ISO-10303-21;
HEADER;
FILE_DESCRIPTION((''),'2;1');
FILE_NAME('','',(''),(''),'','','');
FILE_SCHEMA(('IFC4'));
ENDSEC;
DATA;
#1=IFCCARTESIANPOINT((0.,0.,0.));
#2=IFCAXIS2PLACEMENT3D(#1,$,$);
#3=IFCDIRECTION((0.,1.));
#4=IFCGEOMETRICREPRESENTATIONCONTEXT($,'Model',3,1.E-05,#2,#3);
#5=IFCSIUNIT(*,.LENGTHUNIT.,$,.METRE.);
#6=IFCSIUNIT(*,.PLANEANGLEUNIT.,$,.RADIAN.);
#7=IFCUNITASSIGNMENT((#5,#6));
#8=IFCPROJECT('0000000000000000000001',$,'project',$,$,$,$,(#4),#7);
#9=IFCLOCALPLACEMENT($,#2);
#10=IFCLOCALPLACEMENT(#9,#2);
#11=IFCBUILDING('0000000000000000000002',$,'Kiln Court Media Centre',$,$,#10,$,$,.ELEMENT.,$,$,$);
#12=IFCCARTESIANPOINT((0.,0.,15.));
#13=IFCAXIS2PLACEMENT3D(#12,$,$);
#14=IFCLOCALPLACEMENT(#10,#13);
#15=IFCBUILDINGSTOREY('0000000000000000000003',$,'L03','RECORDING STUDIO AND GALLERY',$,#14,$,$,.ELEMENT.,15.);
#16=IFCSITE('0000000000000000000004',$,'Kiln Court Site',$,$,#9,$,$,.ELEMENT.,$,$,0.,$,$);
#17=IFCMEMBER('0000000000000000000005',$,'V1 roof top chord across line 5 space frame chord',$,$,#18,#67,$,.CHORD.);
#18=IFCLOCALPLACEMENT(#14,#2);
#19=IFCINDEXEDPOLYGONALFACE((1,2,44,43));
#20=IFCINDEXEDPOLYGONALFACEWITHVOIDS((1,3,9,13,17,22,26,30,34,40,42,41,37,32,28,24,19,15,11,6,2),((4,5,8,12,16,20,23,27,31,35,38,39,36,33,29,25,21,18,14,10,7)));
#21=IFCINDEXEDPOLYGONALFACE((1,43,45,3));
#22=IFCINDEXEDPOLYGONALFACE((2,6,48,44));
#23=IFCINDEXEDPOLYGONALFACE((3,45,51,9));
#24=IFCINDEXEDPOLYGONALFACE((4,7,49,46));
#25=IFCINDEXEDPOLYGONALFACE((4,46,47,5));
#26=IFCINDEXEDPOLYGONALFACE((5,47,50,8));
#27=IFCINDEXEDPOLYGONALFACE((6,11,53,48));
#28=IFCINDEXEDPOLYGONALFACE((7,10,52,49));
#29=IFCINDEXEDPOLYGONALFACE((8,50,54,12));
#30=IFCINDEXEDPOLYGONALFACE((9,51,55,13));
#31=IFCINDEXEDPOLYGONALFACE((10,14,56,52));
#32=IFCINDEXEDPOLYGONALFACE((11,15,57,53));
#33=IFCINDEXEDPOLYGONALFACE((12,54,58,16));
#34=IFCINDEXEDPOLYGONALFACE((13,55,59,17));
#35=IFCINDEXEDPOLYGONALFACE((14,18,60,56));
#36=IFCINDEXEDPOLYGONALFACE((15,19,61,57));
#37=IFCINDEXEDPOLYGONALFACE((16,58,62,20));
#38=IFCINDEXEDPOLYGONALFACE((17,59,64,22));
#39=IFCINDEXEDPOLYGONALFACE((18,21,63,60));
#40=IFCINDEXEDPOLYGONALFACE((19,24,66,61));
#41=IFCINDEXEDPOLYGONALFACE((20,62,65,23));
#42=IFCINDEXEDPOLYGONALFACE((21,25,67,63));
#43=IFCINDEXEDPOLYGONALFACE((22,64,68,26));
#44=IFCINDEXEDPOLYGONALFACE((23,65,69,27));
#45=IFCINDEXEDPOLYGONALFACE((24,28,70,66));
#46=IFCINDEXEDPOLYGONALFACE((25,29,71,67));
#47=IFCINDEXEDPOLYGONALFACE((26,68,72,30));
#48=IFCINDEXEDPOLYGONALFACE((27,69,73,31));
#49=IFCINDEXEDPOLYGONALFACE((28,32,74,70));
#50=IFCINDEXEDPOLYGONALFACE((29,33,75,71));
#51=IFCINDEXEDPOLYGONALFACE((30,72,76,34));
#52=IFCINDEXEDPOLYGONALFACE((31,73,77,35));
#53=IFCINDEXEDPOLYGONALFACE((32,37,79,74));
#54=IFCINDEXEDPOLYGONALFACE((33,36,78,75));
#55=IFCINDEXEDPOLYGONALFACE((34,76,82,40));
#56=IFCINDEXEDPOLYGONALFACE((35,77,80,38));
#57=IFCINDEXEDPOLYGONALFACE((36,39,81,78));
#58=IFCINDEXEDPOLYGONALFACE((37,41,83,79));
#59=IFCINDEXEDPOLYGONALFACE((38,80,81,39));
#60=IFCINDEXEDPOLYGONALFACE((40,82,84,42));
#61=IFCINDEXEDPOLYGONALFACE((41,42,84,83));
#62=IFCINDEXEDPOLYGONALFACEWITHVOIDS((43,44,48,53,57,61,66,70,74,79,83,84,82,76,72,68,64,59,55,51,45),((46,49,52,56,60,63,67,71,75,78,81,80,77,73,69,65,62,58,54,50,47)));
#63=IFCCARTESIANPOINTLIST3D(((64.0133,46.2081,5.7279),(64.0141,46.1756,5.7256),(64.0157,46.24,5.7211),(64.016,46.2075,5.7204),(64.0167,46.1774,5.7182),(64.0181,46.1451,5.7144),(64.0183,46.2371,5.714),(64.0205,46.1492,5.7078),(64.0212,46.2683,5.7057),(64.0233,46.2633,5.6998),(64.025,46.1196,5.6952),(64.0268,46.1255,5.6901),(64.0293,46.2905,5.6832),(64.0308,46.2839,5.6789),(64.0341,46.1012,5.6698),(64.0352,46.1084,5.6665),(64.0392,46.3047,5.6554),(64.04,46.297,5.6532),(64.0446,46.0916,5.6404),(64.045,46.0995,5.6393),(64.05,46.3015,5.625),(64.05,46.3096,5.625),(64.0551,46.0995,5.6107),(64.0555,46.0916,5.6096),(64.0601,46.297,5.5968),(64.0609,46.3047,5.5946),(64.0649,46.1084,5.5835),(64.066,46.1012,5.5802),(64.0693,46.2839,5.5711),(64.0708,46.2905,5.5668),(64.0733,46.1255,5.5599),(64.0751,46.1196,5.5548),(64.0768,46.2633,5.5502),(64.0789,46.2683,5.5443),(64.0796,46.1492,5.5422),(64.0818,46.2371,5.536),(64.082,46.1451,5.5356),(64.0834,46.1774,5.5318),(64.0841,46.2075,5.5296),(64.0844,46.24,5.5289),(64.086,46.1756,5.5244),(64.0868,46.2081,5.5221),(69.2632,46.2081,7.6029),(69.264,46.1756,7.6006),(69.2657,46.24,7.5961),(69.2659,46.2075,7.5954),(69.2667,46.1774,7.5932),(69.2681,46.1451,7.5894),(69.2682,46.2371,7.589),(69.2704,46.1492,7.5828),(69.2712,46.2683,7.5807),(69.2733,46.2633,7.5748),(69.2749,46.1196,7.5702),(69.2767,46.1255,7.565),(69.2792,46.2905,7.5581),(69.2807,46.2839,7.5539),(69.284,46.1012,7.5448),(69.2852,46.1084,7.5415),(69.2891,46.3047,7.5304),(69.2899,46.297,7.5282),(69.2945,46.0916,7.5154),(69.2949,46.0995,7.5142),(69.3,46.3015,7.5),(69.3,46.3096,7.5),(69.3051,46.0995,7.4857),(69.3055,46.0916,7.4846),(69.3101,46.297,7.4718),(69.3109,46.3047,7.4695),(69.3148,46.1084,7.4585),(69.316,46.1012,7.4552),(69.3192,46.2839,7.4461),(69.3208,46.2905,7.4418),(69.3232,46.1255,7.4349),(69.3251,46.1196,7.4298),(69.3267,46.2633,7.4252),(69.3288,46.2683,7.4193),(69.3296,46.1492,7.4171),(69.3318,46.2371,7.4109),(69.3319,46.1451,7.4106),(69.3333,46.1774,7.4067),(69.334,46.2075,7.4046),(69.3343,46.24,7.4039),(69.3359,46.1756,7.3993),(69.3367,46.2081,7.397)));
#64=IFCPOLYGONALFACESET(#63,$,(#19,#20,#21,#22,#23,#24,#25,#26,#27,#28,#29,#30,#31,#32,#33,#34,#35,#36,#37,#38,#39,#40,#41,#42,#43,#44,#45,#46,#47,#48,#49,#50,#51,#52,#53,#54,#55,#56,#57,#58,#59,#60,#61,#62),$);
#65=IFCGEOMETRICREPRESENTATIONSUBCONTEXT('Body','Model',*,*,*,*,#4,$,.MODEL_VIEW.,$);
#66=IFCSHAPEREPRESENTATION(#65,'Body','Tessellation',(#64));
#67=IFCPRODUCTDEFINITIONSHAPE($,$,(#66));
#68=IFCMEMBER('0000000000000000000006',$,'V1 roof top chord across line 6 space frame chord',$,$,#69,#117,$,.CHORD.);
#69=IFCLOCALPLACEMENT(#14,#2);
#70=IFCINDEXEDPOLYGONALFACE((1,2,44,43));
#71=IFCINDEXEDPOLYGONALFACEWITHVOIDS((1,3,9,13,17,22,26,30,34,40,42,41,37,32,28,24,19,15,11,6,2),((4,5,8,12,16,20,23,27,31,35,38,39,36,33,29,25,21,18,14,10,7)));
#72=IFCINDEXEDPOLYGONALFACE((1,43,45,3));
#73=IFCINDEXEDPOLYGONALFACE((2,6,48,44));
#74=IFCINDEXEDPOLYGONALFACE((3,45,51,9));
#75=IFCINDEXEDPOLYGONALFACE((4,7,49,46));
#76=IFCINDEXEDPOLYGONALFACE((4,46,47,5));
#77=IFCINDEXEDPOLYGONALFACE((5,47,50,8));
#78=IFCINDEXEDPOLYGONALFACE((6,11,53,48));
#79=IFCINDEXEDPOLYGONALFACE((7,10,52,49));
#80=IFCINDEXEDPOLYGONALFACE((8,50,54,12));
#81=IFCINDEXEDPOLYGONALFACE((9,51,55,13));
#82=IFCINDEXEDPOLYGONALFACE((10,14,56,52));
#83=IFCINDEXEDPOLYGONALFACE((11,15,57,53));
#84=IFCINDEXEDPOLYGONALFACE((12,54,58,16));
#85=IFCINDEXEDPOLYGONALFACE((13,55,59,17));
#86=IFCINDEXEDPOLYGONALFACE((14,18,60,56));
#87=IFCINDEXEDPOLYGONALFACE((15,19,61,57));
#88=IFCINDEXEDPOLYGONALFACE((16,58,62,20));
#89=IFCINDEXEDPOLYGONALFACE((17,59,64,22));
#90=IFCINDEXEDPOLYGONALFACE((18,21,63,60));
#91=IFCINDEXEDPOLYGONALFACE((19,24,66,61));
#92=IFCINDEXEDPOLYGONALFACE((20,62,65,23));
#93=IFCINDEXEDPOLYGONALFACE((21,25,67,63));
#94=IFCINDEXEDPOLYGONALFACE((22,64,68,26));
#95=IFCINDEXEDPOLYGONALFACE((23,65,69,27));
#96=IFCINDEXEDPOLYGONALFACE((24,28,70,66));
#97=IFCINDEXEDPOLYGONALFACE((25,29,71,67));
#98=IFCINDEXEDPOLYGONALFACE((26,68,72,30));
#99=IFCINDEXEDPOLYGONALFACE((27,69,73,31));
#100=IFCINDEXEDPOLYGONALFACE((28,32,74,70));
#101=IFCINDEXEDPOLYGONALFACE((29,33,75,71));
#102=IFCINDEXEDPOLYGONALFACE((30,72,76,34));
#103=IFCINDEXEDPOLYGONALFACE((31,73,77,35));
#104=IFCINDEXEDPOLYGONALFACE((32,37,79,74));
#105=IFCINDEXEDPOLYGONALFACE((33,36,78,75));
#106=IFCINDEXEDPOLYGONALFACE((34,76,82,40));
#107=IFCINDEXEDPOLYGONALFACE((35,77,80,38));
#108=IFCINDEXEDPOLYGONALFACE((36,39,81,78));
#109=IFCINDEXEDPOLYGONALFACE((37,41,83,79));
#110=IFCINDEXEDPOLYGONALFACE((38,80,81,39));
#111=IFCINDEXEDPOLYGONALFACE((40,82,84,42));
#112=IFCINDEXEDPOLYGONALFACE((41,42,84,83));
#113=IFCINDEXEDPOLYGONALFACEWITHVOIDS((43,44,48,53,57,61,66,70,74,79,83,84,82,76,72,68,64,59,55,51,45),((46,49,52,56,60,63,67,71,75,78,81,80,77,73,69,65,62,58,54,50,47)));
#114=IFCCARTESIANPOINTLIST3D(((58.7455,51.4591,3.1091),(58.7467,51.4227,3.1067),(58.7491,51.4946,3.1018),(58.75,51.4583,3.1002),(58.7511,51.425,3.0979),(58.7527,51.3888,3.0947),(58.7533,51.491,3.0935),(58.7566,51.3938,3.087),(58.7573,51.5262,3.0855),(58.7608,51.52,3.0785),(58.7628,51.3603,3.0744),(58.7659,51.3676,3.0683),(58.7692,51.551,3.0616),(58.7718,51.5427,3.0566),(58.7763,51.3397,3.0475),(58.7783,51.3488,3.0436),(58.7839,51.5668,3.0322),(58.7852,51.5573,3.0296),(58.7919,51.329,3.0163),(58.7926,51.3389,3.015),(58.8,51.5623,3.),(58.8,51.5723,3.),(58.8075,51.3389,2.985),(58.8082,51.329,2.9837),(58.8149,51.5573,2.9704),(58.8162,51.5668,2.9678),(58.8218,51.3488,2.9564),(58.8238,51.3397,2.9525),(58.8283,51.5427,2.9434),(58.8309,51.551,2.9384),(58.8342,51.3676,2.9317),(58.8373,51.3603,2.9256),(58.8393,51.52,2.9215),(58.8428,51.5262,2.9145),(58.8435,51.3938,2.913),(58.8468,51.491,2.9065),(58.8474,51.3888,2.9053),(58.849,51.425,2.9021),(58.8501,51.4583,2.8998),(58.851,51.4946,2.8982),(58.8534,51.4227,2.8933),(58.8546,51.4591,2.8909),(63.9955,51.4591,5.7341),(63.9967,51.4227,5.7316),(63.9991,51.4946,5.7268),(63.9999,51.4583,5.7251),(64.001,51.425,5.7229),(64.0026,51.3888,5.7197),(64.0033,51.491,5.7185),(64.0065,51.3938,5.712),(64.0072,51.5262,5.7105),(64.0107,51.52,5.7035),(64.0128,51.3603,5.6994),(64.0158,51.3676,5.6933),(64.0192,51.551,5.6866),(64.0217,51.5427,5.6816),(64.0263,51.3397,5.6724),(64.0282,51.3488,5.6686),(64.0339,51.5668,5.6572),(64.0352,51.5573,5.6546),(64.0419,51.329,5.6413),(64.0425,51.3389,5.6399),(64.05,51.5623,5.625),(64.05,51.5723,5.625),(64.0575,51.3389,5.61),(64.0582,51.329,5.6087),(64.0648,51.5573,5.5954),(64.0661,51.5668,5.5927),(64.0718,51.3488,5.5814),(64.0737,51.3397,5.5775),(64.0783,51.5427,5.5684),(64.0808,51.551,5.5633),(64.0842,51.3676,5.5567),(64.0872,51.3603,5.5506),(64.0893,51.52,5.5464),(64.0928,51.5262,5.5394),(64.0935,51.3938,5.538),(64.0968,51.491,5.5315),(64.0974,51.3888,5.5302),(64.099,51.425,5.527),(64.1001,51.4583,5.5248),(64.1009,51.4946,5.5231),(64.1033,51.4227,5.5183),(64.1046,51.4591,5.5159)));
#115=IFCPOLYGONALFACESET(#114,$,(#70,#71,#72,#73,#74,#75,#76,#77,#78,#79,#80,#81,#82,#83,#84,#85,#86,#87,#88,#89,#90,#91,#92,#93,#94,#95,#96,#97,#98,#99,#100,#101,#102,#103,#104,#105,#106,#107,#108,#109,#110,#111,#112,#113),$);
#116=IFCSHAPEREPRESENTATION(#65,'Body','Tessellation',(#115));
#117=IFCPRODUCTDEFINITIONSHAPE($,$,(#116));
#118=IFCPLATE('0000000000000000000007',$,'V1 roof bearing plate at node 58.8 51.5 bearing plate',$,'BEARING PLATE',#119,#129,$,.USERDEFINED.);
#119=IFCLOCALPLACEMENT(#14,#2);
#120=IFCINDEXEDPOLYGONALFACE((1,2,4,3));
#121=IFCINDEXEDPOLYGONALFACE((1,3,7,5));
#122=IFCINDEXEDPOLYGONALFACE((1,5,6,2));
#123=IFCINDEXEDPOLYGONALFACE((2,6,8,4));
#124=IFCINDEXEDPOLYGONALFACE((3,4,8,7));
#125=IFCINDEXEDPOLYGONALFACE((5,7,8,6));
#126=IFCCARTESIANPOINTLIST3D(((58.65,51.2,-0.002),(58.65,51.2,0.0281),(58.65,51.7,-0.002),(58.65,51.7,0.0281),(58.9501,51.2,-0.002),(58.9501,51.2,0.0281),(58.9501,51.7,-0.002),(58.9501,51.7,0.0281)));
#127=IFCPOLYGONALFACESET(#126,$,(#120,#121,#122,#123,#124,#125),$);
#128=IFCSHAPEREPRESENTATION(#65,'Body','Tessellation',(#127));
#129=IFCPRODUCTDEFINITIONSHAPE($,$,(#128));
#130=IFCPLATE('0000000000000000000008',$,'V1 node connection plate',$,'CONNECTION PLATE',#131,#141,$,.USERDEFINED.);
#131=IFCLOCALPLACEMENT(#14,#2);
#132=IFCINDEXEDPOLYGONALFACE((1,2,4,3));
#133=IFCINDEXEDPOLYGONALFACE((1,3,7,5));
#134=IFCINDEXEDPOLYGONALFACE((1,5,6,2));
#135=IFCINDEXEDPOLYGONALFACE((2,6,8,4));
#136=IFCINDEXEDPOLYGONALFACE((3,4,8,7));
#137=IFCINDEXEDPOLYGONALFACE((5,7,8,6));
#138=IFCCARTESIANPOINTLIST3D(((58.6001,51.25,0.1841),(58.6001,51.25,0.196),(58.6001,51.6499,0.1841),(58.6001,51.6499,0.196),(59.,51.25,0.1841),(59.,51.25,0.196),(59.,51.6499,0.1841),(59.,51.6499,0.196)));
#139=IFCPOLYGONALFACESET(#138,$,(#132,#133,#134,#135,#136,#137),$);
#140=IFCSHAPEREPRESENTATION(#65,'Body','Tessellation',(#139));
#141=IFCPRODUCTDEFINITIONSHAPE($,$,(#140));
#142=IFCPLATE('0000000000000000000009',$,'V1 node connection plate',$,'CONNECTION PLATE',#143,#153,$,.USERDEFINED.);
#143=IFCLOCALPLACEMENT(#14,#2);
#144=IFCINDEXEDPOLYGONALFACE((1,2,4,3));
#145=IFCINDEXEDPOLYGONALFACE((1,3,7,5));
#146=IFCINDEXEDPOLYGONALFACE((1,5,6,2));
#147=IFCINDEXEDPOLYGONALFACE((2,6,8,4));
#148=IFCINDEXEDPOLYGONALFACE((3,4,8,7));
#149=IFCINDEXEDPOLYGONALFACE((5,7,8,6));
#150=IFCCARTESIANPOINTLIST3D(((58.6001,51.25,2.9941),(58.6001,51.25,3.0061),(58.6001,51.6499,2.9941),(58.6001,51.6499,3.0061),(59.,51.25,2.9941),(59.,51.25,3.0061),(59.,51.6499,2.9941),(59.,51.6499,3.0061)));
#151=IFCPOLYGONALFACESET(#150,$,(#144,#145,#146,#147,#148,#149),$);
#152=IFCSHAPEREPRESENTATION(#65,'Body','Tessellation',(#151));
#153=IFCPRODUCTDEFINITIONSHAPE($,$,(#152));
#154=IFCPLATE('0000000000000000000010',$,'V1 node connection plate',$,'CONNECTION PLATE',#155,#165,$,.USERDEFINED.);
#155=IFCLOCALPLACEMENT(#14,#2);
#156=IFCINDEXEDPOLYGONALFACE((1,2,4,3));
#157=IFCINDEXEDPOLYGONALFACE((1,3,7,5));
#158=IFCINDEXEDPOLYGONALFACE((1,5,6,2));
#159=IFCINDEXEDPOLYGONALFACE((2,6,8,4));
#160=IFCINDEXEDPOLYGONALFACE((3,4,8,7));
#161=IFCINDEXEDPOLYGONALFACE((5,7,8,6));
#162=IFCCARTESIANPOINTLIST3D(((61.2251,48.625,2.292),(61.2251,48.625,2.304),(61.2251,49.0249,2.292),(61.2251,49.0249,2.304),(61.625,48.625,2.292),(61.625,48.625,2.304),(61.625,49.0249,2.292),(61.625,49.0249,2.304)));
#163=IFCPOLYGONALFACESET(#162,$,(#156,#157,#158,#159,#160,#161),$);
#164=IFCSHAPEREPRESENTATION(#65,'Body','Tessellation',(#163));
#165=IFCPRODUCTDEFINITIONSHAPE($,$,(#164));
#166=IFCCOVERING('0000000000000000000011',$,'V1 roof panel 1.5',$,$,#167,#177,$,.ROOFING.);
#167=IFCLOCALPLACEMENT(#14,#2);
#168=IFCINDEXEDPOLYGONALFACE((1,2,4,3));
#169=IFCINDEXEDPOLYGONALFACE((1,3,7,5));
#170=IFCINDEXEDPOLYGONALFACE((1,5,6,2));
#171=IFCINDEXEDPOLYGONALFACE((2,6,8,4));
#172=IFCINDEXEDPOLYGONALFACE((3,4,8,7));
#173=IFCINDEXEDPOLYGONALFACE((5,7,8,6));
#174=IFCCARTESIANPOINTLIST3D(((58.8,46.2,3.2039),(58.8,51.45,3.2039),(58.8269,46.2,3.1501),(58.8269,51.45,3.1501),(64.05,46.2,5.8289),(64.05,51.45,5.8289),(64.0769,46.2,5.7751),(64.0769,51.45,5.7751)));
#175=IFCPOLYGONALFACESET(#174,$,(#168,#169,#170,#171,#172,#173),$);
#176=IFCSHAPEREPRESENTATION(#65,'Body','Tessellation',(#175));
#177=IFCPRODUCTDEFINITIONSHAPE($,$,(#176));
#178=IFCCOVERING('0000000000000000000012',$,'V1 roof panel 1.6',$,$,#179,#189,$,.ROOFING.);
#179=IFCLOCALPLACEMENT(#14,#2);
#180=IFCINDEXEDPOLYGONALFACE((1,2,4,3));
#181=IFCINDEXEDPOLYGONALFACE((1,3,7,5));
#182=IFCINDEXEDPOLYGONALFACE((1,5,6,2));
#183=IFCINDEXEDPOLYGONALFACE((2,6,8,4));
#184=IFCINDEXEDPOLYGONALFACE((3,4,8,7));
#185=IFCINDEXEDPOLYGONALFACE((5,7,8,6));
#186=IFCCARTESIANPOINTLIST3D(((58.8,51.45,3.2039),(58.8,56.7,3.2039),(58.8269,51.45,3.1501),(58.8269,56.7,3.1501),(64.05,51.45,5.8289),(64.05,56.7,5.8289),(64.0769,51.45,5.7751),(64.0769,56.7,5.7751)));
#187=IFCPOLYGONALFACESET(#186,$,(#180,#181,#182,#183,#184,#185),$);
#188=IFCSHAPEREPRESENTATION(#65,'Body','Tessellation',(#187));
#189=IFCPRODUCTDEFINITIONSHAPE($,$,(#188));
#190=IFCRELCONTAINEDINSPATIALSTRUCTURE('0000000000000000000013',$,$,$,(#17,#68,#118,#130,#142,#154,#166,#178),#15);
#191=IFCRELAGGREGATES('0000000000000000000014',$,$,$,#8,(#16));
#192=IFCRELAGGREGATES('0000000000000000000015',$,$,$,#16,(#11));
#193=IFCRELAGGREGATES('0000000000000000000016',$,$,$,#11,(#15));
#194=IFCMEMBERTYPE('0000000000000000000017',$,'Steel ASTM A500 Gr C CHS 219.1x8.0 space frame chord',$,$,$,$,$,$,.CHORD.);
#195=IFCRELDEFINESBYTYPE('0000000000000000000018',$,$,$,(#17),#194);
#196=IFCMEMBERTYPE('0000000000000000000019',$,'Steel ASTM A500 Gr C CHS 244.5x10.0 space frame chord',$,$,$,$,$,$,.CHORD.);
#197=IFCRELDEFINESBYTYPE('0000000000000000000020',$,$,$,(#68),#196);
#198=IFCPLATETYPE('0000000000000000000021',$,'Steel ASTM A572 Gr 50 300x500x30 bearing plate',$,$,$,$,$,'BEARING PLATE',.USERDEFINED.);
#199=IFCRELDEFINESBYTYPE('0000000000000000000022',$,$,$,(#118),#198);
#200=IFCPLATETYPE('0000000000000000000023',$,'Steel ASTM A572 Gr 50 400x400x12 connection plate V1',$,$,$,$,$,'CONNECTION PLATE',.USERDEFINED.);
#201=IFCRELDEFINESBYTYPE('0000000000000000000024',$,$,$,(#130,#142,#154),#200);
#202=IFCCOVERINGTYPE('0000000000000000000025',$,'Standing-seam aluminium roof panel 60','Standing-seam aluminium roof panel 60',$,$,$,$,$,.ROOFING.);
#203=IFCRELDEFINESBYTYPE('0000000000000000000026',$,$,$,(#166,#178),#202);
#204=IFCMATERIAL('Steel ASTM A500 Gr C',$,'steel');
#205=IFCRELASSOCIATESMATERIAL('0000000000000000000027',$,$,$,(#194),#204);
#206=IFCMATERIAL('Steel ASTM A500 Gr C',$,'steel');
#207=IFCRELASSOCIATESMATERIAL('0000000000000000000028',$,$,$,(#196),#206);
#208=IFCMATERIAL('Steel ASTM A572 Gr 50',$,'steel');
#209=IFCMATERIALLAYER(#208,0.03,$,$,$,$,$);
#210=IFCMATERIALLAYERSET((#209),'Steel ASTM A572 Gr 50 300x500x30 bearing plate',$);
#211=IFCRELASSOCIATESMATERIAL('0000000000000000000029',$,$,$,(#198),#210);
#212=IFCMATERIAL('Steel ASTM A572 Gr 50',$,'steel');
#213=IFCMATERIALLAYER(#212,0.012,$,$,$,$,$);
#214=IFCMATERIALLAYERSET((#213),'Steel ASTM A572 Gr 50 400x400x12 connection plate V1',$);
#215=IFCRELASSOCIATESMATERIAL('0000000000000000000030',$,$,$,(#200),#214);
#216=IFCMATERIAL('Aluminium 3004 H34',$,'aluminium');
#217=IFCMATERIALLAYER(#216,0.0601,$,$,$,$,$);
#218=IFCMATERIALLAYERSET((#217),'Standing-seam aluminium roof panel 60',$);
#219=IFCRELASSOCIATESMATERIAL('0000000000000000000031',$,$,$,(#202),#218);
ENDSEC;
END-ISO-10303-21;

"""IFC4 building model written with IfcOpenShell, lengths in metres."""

from ifc_helpers import new_model, si_unit, direction, frame, origin, origin_2d, place, context, subcontext, project, spatial, polyline, rectangle, hollow_circle, outline, extrude, material, layer, layer_set, material_profile, profile_set, type_object, element, save


model = new_model("IFC4")

# Units and contexts
model_context = context("Model", 3, precision=1e-05, world=origin(), true_north=direction((0.0, 1.0)))
body_context = subcontext(model_context, "Body", "Model", "MODEL_VIEW")
ifc_project = project(units=[si_unit("LENGTHUNIT", "METRE"), si_unit("PLANEANGLEUNIT", "RADIAN")], contexts=[model_context])

# Site, building, storey
site_placement = place(None, origin())
site = spatial("IfcSite", under=ifc_project, at=site_placement, Name="Kiln Court Site", CompositionType="ELEMENT", RefElevation=0.0)
building_placement = place(site_placement, origin())
building = spatial("IfcBuilding", under=site, at=building_placement, Name="Kiln Court Media Centre", CompositionType="ELEMENT")
storey_placement = place(building_placement, frame((0.0, 0.0, 15.0)))
storey = spatial("IfcBuildingStorey", under=building, at=storey_placement, Name="L03", Description="RECORDING STUDIO AND GALLERY", CompositionType="ELEMENT", Elevation=15.0)

# Members
ifc_material_1 = material(Name="Steel ASTM A500 Gr C", Category="steel")
ifc_material_profile_1 = material_profile(ifc_material_1, hollow_circle(Radius=0.1096, WallThickness=0.0081, at=origin_2d()), Name="CHS 219.1x8.0")
ifc_profile_set_1 = profile_set([ifc_material_profile_1], Name="Steel ASTM A500 Gr C")
member_type_1 = type_object("IfcMemberType", Name="Steel ASTM A500 Gr C CHS 219.1x8.0 space frame chord", PredefinedType="CHORD", material=ifc_profile_set_1)
member_1_placement = place(storey_placement, frame((64.05, 46.2, 5.625), z_axis=(0.941742, 0.0, 0.336336), x_axis=(0.0, 1.0, 0.0)))
element("IfcMember", 1, at=member_1_placement, inside=storey, type_object=member_type_1, Name="V1 roof top chord across line 5 space frame chord", PredefinedType="CHORD", context=body_context, shape_type="SweptSolid", body=[
    extrude(hollow_circle(Radius=0.1096, WallThickness=0.0081, at=origin_2d()), origin(), (0.0, 0.0, 1.0), 5.5747),
])
ifc_material_2 = material(Name="Steel ASTM A500 Gr C", Category="steel")
ifc_material_profile_2 = material_profile(ifc_material_2, hollow_circle(Radius=0.1223, WallThickness=0.01, at=origin_2d()), Name="CHS 244.5x10.0")
ifc_profile_set_2 = profile_set([ifc_material_profile_2], Name="Steel ASTM A500 Gr C")
member_type_2 = type_object("IfcMemberType", Name="Steel ASTM A500 Gr C CHS 244.5x10.0 space frame chord", PredefinedType="CHORD", material=ifc_profile_set_2)
member_2_placement = place(storey_placement, frame((58.8, 51.45, 3.0), z_axis=(0.894427, 0.0, 0.447214), x_axis=(0.0, 1.0, 0.0)))
element("IfcMember", 2, at=member_2_placement, inside=storey, type_object=member_type_2, Name="V1 roof top chord across line 6 space frame chord", PredefinedType="CHORD", context=body_context, shape_type="SweptSolid", body=[
    extrude(hollow_circle(Radius=0.1223, WallThickness=0.01, at=origin_2d()), origin(), (0.0, 0.0, 1.0), 5.8696),
])

# Plates
ifc_material_3 = material(Name="Steel ASTM A572 Gr 50", Category="steel")
ifc_layer_1 = layer(ifc_material_3, 0.03)
ifc_layer_set_1 = layer_set([ifc_layer_1], Name="Steel ASTM A572 Gr 50 300x500x30 bearing plate")
plate_type_1 = type_object("IfcPlateType", Name="Steel ASTM A572 Gr 50 300x500x30 bearing plate", ElementType="BEARING PLATE", PredefinedType="USERDEFINED", material=ifc_layer_set_1)
plate_placement = place(storey_placement, frame((58.8, 51.45, -0.002), z_axis=(0.0, 0.0, 1.0), x_axis=(1.0, 0.0, 0.0)))
element("IfcPlate", 3, at=plate_placement, inside=storey, type_object=plate_type_1, Name="V1 roof bearing plate at node 58.8 51.5 bearing plate", ObjectType="BEARING PLATE", PredefinedType="USERDEFINED", context=body_context, shape_type="SweptSolid", body=[
    extrude(rectangle(XDim=0.3, YDim=0.5, at=origin_2d()), origin(), (0.0, 0.0, 1.0), 0.03),
])
ifc_material_4 = material(Name="Steel ASTM A572 Gr 50", Category="steel")
ifc_layer_2 = layer(ifc_material_4, 0.012)
ifc_layer_set_2 = layer_set([ifc_layer_2], Name="Steel ASTM A572 Gr 50 400x400x12 connection plate V1")
plate_type_2 = type_object("IfcPlateType", Name="Steel ASTM A572 Gr 50 400x400x12 connection plate V1", ElementType="CONNECTION PLATE", PredefinedType="USERDEFINED", material=ifc_layer_set_2)
for number, where, z_axis, x_axis, name in (
    (4, (58.8, 51.45, 0.1841), (0.0, 0.0, 1.0), (1.0, 0.0, 0.0), "V1 node connection plate"),
    (5, (58.8, 51.45, 2.9941), (0.0, 0.0, 1.0), (1.0, 0.0, 0.0), "V1 node connection plate"),
    (6, (61.425, 48.825, 2.292), (0.0, 0.0, 1.0), (1.0, 0.0, 0.0), "V1 node connection plate"),
):
    element("IfcPlate", number, at=place(storey_placement, frame(where, z_axis=z_axis, x_axis=x_axis)), inside=storey, type_object=plate_type_2, Name=name, ObjectType="CONNECTION PLATE", PredefinedType="USERDEFINED", context=body_context, shape_type="SweptSolid", body=[
        extrude(rectangle(XDim=0.3999, YDim=0.3999, at=origin_2d()), origin(), (0.0, 0.0, 1.0), 0.012),
    ])

# Coverings
ifc_material_5 = material(Name="Aluminium 3004 H34", Category="aluminium")
ifc_layer_3 = layer(ifc_material_5, 0.0601)
ifc_layer_set_3 = layer_set([ifc_layer_3], Name="Standing-seam aluminium roof panel 60")
covering_type = type_object("IfcCoveringType", Name="Standing-seam aluminium roof panel 60", Description="Standing-seam aluminium roof panel 60", PredefinedType="ROOFING", material=ifc_layer_set_3)
for number, where, z_axis, x_axis, name in (
    (7, (58.8, 46.2, 3.2039), (-0.447214, 0.0, 0.894427), (0.894427, 0.0, 0.447214), "V1 roof panel 1.5"),
    (8, (58.8, 51.45, 3.2039), (-0.447214, 0.0, 0.894427), (0.894427, 0.0, 0.447214), "V1 roof panel 1.6"),
):
    element("IfcCovering", number, at=place(storey_placement, frame(where, z_axis=z_axis, x_axis=x_axis)), inside=storey, type_object=covering_type, Name=name, PredefinedType="ROOFING", context=body_context, shape_type="SweptSolid", body=[
        extrude(outline(polyline([(0.0, 0.0), (5.8697, 0.0), (5.8697, 5.25), (0.0, 5.25), (0.0, 0.0)])), origin(), (0.0, 0.0, -1.0), 0.0601),
    ])

save(model, "model.ifc")
